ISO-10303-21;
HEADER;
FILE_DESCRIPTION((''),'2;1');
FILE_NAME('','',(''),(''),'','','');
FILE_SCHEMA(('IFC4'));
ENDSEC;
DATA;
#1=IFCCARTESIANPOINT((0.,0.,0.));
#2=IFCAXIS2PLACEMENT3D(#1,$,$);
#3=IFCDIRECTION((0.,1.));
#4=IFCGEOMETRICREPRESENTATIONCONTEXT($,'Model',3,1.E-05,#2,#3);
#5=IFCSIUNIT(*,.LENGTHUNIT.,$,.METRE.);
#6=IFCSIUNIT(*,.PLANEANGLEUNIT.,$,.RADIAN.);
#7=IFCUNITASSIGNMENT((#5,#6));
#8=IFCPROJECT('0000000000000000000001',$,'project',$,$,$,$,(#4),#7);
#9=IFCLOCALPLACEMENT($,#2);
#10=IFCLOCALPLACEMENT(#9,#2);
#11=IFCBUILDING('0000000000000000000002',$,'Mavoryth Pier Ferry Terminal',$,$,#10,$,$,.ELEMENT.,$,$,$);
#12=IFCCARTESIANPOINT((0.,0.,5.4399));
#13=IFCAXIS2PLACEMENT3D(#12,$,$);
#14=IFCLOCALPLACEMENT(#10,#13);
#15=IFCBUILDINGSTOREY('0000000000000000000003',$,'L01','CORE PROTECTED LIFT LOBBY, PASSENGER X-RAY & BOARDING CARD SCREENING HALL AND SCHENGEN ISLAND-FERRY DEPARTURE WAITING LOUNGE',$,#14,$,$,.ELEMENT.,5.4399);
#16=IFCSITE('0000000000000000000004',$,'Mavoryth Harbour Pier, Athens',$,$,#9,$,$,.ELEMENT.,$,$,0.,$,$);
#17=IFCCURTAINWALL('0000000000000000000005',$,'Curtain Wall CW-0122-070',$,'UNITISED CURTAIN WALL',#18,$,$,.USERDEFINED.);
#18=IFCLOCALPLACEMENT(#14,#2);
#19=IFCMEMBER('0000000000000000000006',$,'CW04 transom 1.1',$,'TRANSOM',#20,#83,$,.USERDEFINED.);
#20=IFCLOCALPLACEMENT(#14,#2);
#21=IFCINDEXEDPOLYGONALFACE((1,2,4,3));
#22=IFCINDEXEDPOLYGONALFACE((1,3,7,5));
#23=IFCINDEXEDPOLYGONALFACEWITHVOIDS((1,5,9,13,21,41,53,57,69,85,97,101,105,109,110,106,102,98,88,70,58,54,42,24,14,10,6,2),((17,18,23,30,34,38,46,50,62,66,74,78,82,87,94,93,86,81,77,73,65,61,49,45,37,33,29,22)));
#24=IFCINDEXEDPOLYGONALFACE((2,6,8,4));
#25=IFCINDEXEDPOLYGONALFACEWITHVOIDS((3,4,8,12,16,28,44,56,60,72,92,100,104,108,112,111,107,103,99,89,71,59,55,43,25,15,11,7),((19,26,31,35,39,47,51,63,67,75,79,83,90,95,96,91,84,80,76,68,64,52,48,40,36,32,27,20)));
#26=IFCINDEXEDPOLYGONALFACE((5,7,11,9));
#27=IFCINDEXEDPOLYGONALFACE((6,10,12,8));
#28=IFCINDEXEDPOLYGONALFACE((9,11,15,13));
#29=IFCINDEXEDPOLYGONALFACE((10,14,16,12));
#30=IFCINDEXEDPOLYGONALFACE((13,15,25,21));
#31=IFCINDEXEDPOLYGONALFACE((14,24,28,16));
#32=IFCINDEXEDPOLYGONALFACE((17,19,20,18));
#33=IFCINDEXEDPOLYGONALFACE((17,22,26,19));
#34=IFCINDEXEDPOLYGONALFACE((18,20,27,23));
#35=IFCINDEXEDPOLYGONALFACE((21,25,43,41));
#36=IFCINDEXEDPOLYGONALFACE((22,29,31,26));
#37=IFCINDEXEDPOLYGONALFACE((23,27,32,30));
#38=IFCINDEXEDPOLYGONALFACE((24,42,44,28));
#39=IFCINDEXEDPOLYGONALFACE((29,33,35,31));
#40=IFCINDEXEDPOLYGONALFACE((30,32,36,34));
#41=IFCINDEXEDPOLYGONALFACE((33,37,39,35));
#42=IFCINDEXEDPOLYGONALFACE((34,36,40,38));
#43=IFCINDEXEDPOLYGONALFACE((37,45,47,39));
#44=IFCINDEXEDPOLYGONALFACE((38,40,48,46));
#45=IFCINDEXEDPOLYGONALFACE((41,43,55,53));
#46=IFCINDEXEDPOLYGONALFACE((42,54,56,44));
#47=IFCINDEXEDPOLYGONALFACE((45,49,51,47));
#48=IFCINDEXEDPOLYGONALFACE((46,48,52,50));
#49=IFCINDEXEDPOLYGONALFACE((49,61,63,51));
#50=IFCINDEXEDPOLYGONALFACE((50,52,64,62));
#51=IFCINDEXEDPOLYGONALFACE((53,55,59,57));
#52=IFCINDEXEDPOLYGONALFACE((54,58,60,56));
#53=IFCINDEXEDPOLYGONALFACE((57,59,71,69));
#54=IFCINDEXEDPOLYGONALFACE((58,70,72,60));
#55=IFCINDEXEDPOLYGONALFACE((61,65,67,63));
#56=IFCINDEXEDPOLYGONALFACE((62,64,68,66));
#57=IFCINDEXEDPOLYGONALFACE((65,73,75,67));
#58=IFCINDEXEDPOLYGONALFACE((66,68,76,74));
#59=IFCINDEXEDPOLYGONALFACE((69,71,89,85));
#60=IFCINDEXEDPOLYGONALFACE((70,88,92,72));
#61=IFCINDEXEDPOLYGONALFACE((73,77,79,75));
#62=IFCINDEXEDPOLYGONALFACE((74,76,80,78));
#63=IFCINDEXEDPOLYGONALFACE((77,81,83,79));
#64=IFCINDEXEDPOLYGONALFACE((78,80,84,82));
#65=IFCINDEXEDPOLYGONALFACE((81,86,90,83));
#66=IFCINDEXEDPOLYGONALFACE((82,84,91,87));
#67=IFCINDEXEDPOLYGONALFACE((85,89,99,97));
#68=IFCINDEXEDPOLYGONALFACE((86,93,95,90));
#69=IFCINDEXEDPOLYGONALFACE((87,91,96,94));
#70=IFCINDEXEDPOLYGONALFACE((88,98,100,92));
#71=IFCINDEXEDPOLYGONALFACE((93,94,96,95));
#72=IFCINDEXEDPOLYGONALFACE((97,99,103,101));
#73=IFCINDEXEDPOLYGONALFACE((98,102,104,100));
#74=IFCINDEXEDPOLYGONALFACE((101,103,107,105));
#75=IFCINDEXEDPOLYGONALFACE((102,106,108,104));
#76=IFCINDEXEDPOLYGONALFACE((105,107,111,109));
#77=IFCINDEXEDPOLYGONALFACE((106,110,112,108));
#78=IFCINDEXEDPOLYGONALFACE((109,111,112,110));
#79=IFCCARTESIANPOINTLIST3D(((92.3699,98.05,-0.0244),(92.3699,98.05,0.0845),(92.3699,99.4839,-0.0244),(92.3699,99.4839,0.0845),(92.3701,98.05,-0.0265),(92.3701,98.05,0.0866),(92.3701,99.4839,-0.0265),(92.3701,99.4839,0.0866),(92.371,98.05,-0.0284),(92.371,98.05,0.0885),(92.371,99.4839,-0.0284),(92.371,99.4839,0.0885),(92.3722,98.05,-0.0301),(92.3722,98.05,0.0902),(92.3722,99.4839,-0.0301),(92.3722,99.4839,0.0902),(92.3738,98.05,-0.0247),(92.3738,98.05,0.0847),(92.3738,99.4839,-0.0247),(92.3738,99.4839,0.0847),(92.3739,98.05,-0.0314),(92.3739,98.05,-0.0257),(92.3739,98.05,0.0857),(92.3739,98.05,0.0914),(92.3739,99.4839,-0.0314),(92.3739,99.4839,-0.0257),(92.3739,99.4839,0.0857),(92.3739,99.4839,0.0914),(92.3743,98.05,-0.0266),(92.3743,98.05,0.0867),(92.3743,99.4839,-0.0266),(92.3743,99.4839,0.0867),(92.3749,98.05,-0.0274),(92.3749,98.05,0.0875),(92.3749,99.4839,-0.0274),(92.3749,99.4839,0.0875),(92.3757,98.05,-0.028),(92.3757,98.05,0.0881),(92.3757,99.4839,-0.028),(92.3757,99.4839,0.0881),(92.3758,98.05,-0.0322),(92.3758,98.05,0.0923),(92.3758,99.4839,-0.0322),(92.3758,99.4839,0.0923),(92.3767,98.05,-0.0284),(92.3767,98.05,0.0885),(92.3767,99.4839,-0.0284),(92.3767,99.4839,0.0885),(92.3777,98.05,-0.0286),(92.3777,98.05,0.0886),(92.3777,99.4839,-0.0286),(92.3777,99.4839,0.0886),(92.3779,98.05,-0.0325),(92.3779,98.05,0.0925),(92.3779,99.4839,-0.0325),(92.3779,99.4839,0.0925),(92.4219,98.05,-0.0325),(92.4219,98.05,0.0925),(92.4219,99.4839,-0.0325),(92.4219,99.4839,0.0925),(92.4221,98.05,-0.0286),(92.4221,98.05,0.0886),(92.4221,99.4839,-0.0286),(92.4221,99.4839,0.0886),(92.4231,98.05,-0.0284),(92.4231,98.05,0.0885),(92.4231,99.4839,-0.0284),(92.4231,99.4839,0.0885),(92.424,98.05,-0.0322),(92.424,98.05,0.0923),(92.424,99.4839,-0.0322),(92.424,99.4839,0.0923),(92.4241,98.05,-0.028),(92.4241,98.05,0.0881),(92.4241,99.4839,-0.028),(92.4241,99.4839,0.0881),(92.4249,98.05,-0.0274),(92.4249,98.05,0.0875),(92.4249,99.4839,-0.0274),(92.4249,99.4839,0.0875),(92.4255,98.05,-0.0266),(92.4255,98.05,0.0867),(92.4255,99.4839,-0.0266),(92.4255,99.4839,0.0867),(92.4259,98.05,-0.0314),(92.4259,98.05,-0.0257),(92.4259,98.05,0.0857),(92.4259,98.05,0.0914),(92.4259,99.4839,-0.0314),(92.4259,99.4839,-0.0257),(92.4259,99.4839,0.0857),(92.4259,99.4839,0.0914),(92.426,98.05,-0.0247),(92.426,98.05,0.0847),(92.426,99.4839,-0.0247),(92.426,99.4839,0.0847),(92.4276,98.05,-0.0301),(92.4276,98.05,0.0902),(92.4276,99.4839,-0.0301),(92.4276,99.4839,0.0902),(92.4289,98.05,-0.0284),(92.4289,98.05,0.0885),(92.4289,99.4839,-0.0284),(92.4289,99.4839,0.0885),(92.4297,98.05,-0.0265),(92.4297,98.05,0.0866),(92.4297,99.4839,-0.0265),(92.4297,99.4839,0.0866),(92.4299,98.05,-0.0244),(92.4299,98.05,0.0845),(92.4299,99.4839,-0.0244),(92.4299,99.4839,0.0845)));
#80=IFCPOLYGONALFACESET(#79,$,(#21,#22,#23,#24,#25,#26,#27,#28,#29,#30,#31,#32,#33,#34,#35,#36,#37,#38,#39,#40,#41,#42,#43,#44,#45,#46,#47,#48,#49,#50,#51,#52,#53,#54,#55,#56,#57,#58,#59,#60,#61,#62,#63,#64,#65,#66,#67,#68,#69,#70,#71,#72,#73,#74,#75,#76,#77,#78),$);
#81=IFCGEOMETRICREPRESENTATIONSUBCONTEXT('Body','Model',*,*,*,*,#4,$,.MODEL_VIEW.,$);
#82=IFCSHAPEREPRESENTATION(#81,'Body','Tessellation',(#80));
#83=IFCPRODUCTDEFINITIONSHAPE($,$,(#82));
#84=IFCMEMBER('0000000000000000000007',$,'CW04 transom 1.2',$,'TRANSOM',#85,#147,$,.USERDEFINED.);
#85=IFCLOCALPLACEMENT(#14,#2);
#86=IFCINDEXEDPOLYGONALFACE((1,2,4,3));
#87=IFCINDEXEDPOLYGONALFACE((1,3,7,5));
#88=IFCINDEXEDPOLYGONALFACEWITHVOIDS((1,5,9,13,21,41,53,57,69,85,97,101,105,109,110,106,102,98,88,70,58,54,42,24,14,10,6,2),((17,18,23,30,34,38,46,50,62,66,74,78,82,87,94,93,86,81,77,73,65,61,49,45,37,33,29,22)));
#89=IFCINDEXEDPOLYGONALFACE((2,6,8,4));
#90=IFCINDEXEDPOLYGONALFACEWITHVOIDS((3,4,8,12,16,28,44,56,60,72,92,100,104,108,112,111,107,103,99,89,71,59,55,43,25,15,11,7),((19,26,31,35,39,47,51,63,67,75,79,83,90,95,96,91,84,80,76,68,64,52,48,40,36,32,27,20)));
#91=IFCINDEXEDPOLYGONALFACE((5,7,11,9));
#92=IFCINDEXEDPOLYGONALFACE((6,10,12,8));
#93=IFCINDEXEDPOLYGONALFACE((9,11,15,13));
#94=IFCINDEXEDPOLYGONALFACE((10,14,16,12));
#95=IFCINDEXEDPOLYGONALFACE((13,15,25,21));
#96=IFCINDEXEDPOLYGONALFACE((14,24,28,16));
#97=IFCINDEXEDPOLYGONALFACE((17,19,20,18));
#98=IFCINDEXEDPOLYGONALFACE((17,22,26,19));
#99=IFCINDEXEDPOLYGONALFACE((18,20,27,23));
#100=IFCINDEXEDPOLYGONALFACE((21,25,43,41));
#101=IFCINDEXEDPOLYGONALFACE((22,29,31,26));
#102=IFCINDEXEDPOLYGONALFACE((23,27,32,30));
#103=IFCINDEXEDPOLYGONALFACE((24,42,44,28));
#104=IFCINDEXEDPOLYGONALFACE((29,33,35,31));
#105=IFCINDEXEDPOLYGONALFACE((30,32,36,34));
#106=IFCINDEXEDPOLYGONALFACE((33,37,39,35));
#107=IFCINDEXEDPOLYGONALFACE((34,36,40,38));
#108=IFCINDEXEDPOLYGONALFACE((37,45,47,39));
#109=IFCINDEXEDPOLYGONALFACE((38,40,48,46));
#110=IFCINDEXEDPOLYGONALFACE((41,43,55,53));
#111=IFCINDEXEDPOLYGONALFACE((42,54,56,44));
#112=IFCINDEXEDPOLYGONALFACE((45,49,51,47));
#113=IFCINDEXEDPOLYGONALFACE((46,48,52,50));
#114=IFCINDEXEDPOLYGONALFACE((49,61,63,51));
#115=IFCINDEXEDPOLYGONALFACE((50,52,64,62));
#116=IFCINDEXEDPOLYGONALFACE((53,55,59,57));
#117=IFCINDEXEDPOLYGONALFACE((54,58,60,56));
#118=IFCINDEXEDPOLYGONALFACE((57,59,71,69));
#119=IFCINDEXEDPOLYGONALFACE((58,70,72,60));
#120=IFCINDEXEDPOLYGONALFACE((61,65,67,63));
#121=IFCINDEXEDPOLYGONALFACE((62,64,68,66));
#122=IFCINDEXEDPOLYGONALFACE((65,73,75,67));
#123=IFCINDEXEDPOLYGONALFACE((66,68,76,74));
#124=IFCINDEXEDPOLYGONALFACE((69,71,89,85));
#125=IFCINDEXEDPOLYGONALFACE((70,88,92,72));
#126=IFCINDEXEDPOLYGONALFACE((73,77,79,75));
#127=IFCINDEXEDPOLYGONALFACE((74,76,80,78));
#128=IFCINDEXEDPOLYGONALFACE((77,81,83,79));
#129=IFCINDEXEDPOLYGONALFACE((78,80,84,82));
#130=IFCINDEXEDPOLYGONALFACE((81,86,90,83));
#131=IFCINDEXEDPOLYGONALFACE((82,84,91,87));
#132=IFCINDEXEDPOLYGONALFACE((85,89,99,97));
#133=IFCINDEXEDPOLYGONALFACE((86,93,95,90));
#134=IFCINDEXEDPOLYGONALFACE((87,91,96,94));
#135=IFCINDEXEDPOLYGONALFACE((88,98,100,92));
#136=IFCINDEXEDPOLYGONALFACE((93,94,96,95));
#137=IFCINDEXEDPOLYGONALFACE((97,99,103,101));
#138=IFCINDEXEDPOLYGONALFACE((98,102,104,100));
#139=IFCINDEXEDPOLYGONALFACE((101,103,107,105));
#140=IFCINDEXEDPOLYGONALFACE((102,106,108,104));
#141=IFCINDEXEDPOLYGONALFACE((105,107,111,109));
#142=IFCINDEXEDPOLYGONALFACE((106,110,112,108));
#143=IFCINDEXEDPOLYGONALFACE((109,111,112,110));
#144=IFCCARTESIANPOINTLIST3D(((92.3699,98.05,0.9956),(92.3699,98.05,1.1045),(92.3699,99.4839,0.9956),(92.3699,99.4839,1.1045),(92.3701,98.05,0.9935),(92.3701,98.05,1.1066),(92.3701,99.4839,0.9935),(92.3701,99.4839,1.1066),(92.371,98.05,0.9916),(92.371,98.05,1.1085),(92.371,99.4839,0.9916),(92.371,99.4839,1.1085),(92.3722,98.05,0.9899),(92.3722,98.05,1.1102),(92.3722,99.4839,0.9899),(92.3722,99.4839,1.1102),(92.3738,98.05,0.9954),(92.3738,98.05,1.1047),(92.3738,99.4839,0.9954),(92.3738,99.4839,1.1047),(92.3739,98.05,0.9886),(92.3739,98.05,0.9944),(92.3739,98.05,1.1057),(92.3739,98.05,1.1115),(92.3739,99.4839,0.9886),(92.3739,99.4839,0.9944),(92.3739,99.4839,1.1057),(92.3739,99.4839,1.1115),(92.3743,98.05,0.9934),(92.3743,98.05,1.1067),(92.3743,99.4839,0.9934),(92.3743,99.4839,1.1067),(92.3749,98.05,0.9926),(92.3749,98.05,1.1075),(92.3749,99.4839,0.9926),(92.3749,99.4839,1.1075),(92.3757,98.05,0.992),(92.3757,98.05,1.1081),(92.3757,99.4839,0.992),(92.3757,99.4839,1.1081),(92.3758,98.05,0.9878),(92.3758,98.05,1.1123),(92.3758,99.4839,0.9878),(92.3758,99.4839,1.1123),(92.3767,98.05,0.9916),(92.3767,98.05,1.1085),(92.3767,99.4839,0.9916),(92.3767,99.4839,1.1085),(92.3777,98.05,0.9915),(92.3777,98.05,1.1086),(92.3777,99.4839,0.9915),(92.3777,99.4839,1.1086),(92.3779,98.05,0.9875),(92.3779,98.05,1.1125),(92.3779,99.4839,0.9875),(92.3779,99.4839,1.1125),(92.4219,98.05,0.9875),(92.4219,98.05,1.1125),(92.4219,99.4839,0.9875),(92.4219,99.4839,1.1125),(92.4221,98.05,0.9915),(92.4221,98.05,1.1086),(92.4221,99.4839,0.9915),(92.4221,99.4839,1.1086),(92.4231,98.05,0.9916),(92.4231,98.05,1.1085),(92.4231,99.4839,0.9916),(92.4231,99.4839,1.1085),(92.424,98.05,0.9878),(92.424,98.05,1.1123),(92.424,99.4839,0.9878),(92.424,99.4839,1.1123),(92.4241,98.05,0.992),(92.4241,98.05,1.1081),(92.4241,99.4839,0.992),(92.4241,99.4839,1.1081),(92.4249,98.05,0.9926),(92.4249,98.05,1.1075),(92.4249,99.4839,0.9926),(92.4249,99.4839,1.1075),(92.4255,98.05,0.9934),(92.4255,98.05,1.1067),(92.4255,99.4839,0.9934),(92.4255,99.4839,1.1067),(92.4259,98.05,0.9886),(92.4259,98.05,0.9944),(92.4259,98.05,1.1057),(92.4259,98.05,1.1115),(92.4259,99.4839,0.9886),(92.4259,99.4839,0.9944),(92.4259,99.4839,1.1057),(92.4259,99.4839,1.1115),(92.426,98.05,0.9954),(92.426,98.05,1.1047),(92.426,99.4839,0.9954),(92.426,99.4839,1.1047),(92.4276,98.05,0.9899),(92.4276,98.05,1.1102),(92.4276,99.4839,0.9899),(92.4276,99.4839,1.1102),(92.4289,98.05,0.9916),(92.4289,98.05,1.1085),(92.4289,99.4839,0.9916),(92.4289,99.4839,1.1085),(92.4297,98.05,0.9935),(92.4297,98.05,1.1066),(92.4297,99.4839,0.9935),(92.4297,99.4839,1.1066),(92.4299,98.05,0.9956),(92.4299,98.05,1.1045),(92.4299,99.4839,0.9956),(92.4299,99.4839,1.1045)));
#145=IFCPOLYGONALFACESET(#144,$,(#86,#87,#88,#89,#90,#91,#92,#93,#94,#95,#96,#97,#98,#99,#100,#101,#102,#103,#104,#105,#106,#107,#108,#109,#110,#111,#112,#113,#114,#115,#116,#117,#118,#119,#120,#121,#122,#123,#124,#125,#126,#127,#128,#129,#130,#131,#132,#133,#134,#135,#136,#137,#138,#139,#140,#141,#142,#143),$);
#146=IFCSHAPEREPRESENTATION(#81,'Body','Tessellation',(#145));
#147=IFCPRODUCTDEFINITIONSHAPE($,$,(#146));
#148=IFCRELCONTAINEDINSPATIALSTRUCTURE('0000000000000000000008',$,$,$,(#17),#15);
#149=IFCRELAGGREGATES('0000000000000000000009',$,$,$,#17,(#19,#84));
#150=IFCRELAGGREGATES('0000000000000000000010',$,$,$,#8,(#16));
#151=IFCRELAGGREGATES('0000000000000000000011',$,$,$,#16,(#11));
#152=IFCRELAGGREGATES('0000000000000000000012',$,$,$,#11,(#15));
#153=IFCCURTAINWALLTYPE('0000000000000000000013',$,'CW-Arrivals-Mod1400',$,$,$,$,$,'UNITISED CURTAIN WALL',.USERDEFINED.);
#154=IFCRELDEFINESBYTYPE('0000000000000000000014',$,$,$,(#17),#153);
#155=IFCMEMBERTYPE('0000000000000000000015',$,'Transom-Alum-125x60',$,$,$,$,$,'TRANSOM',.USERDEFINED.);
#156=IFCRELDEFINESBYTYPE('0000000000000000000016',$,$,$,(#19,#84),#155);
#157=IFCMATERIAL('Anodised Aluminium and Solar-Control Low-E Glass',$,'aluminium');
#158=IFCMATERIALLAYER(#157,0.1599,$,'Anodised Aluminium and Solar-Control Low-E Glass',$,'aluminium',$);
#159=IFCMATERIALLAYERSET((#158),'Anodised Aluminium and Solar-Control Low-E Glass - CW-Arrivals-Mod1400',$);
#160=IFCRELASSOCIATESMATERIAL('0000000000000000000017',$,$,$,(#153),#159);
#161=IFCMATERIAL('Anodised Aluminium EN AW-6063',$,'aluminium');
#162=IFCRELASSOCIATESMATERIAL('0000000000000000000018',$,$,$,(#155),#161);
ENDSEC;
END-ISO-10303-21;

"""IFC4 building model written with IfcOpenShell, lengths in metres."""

from ifc_helpers import new_model, si_unit, direction, frame, origin, origin_2d, place, context, subcontext, project, spatial, hollow_rectangle, extrude, material, layer, layer_set, material_profile, profile_set, type_object, element, aggregate, save


model = new_model("IFC4")

# Units and contexts
model_context = context("Model", 3, precision=1e-05, world=origin(), true_north=direction((0.0, 1.0)))
body_context = subcontext(model_context, "Body", "Model", "MODEL_VIEW")
ifc_project = project(units=[si_unit("LENGTHUNIT", "METRE"), si_unit("PLANEANGLEUNIT", "RADIAN")], contexts=[model_context])

# Site, building, storey
site_placement = place(None, origin())
site = spatial("IfcSite", under=ifc_project, at=site_placement, Name="Mavoryth Harbour Pier, Athens", CompositionType="ELEMENT", RefElevation=0.0)
building_placement = place(site_placement, origin())
building = spatial("IfcBuilding", under=site, at=building_placement, Name="Mavoryth Pier Ferry Terminal", CompositionType="ELEMENT")
storey_placement = place(building_placement, frame((0.0, 0.0, 5.4399)))
storey = spatial("IfcBuildingStorey", under=building, at=storey_placement, Name="L01", Description="CORE PROTECTED LIFT LOBBY, PASSENGER X-RAY & BOARDING CARD SCREENING HALL AND SCHENGEN ISLAND-FERRY DEPARTURE WAITING LOUNGE", CompositionType="ELEMENT", Elevation=5.4399)

# Shared definitions
ifc_material_1 = material(Name="Anodised Aluminium and Solar-Control Low-E Glass", Category="aluminium")
ifc_layer_1 = layer(ifc_material_1, 0.1599, Name="Anodised Aluminium and Solar-Control Low-E Glass", Category="aluminium")
ifc_layer_set_1 = layer_set([ifc_layer_1], Name="Anodised Aluminium and Solar-Control Low-E Glass - CW-Arrivals-Mod1400")
curtain_wall_type = type_object("IfcCurtainWallType", Name="CW-Arrivals-Mod1400", ElementType="UNITISED CURTAIN WALL", PredefinedType="USERDEFINED", material=ifc_layer_set_1)
ifc_material_2 = material(Name="Anodised Aluminium EN AW-6063", Category="aluminium")

# Curtain wall
curtain_wall_1_placement = place(storey_placement, origin())
curtain_wall_1 = element("IfcCurtainWall", 1, at=curtain_wall_1_placement, inside=storey, type_object=curtain_wall_type, Name="Curtain Wall CW-0122-070", ObjectType="UNITISED CURTAIN WALL", PredefinedType="USERDEFINED")

# Members
ifc_material_profile_1 = material_profile(ifc_material_2, hollow_rectangle(XDim=0.0601, YDim=0.125, WallThickness=0.0039, InnerFilletRadius=0.0039, OuterFilletRadius=0.0081, at=origin_2d()), Name="AL-TRAN 125x60x4", Category="aluminium")
ifc_profile_set_1 = profile_set([ifc_material_profile_1], Name="Anodised Aluminium EN AW-6063 - AL-TRAN 125x60x4")
member_type_1 = type_object("IfcMemberType", Name="Transom-Alum-125x60", ElementType="TRANSOM", PredefinedType="USERDEFINED", material=ifc_profile_set_1)
member_1_placement = place(storey_placement, frame((92.3999, 98.05, 0.03), z_axis=(0.0, 1.0, 0.0), x_axis=(-1.0, 0.0, 0.0)))
member_1 = element("IfcMember", 2, at=member_1_placement, type_object=member_type_1, Name="CW04 transom 1.1", ObjectType="TRANSOM", PredefinedType="USERDEFINED", context=body_context, shape_type="SweptSolid", body=[
    extrude(hollow_rectangle(XDim=0.0601, YDim=0.125, WallThickness=0.0039, InnerFilletRadius=0.0039, OuterFilletRadius=0.0081, at=origin_2d()), origin(), (0.0, 0.0, 1.0), 1.4338),
])
member_2_placement = place(storey_placement, frame((92.3999, 98.05, 1.05), z_axis=(0.0, 1.0, 0.0), x_axis=(-1.0, 0.0, 0.0)))
member_2 = element("IfcMember", 3, at=member_2_placement, type_object=member_type_1, Name="CW04 transom 1.2", ObjectType="TRANSOM", PredefinedType="USERDEFINED", context=body_context, shape_type="SweptSolid", body=[
    extrude(hollow_rectangle(XDim=0.0601, YDim=0.125, WallThickness=0.0039, InnerFilletRadius=0.0039, OuterFilletRadius=0.0081, at=origin_2d()), origin(), (0.0, 0.0, 1.0), 1.4338),
])

aggregate(curtain_wall_1, [member_1, member_2])

save(model, "model.ifc")
